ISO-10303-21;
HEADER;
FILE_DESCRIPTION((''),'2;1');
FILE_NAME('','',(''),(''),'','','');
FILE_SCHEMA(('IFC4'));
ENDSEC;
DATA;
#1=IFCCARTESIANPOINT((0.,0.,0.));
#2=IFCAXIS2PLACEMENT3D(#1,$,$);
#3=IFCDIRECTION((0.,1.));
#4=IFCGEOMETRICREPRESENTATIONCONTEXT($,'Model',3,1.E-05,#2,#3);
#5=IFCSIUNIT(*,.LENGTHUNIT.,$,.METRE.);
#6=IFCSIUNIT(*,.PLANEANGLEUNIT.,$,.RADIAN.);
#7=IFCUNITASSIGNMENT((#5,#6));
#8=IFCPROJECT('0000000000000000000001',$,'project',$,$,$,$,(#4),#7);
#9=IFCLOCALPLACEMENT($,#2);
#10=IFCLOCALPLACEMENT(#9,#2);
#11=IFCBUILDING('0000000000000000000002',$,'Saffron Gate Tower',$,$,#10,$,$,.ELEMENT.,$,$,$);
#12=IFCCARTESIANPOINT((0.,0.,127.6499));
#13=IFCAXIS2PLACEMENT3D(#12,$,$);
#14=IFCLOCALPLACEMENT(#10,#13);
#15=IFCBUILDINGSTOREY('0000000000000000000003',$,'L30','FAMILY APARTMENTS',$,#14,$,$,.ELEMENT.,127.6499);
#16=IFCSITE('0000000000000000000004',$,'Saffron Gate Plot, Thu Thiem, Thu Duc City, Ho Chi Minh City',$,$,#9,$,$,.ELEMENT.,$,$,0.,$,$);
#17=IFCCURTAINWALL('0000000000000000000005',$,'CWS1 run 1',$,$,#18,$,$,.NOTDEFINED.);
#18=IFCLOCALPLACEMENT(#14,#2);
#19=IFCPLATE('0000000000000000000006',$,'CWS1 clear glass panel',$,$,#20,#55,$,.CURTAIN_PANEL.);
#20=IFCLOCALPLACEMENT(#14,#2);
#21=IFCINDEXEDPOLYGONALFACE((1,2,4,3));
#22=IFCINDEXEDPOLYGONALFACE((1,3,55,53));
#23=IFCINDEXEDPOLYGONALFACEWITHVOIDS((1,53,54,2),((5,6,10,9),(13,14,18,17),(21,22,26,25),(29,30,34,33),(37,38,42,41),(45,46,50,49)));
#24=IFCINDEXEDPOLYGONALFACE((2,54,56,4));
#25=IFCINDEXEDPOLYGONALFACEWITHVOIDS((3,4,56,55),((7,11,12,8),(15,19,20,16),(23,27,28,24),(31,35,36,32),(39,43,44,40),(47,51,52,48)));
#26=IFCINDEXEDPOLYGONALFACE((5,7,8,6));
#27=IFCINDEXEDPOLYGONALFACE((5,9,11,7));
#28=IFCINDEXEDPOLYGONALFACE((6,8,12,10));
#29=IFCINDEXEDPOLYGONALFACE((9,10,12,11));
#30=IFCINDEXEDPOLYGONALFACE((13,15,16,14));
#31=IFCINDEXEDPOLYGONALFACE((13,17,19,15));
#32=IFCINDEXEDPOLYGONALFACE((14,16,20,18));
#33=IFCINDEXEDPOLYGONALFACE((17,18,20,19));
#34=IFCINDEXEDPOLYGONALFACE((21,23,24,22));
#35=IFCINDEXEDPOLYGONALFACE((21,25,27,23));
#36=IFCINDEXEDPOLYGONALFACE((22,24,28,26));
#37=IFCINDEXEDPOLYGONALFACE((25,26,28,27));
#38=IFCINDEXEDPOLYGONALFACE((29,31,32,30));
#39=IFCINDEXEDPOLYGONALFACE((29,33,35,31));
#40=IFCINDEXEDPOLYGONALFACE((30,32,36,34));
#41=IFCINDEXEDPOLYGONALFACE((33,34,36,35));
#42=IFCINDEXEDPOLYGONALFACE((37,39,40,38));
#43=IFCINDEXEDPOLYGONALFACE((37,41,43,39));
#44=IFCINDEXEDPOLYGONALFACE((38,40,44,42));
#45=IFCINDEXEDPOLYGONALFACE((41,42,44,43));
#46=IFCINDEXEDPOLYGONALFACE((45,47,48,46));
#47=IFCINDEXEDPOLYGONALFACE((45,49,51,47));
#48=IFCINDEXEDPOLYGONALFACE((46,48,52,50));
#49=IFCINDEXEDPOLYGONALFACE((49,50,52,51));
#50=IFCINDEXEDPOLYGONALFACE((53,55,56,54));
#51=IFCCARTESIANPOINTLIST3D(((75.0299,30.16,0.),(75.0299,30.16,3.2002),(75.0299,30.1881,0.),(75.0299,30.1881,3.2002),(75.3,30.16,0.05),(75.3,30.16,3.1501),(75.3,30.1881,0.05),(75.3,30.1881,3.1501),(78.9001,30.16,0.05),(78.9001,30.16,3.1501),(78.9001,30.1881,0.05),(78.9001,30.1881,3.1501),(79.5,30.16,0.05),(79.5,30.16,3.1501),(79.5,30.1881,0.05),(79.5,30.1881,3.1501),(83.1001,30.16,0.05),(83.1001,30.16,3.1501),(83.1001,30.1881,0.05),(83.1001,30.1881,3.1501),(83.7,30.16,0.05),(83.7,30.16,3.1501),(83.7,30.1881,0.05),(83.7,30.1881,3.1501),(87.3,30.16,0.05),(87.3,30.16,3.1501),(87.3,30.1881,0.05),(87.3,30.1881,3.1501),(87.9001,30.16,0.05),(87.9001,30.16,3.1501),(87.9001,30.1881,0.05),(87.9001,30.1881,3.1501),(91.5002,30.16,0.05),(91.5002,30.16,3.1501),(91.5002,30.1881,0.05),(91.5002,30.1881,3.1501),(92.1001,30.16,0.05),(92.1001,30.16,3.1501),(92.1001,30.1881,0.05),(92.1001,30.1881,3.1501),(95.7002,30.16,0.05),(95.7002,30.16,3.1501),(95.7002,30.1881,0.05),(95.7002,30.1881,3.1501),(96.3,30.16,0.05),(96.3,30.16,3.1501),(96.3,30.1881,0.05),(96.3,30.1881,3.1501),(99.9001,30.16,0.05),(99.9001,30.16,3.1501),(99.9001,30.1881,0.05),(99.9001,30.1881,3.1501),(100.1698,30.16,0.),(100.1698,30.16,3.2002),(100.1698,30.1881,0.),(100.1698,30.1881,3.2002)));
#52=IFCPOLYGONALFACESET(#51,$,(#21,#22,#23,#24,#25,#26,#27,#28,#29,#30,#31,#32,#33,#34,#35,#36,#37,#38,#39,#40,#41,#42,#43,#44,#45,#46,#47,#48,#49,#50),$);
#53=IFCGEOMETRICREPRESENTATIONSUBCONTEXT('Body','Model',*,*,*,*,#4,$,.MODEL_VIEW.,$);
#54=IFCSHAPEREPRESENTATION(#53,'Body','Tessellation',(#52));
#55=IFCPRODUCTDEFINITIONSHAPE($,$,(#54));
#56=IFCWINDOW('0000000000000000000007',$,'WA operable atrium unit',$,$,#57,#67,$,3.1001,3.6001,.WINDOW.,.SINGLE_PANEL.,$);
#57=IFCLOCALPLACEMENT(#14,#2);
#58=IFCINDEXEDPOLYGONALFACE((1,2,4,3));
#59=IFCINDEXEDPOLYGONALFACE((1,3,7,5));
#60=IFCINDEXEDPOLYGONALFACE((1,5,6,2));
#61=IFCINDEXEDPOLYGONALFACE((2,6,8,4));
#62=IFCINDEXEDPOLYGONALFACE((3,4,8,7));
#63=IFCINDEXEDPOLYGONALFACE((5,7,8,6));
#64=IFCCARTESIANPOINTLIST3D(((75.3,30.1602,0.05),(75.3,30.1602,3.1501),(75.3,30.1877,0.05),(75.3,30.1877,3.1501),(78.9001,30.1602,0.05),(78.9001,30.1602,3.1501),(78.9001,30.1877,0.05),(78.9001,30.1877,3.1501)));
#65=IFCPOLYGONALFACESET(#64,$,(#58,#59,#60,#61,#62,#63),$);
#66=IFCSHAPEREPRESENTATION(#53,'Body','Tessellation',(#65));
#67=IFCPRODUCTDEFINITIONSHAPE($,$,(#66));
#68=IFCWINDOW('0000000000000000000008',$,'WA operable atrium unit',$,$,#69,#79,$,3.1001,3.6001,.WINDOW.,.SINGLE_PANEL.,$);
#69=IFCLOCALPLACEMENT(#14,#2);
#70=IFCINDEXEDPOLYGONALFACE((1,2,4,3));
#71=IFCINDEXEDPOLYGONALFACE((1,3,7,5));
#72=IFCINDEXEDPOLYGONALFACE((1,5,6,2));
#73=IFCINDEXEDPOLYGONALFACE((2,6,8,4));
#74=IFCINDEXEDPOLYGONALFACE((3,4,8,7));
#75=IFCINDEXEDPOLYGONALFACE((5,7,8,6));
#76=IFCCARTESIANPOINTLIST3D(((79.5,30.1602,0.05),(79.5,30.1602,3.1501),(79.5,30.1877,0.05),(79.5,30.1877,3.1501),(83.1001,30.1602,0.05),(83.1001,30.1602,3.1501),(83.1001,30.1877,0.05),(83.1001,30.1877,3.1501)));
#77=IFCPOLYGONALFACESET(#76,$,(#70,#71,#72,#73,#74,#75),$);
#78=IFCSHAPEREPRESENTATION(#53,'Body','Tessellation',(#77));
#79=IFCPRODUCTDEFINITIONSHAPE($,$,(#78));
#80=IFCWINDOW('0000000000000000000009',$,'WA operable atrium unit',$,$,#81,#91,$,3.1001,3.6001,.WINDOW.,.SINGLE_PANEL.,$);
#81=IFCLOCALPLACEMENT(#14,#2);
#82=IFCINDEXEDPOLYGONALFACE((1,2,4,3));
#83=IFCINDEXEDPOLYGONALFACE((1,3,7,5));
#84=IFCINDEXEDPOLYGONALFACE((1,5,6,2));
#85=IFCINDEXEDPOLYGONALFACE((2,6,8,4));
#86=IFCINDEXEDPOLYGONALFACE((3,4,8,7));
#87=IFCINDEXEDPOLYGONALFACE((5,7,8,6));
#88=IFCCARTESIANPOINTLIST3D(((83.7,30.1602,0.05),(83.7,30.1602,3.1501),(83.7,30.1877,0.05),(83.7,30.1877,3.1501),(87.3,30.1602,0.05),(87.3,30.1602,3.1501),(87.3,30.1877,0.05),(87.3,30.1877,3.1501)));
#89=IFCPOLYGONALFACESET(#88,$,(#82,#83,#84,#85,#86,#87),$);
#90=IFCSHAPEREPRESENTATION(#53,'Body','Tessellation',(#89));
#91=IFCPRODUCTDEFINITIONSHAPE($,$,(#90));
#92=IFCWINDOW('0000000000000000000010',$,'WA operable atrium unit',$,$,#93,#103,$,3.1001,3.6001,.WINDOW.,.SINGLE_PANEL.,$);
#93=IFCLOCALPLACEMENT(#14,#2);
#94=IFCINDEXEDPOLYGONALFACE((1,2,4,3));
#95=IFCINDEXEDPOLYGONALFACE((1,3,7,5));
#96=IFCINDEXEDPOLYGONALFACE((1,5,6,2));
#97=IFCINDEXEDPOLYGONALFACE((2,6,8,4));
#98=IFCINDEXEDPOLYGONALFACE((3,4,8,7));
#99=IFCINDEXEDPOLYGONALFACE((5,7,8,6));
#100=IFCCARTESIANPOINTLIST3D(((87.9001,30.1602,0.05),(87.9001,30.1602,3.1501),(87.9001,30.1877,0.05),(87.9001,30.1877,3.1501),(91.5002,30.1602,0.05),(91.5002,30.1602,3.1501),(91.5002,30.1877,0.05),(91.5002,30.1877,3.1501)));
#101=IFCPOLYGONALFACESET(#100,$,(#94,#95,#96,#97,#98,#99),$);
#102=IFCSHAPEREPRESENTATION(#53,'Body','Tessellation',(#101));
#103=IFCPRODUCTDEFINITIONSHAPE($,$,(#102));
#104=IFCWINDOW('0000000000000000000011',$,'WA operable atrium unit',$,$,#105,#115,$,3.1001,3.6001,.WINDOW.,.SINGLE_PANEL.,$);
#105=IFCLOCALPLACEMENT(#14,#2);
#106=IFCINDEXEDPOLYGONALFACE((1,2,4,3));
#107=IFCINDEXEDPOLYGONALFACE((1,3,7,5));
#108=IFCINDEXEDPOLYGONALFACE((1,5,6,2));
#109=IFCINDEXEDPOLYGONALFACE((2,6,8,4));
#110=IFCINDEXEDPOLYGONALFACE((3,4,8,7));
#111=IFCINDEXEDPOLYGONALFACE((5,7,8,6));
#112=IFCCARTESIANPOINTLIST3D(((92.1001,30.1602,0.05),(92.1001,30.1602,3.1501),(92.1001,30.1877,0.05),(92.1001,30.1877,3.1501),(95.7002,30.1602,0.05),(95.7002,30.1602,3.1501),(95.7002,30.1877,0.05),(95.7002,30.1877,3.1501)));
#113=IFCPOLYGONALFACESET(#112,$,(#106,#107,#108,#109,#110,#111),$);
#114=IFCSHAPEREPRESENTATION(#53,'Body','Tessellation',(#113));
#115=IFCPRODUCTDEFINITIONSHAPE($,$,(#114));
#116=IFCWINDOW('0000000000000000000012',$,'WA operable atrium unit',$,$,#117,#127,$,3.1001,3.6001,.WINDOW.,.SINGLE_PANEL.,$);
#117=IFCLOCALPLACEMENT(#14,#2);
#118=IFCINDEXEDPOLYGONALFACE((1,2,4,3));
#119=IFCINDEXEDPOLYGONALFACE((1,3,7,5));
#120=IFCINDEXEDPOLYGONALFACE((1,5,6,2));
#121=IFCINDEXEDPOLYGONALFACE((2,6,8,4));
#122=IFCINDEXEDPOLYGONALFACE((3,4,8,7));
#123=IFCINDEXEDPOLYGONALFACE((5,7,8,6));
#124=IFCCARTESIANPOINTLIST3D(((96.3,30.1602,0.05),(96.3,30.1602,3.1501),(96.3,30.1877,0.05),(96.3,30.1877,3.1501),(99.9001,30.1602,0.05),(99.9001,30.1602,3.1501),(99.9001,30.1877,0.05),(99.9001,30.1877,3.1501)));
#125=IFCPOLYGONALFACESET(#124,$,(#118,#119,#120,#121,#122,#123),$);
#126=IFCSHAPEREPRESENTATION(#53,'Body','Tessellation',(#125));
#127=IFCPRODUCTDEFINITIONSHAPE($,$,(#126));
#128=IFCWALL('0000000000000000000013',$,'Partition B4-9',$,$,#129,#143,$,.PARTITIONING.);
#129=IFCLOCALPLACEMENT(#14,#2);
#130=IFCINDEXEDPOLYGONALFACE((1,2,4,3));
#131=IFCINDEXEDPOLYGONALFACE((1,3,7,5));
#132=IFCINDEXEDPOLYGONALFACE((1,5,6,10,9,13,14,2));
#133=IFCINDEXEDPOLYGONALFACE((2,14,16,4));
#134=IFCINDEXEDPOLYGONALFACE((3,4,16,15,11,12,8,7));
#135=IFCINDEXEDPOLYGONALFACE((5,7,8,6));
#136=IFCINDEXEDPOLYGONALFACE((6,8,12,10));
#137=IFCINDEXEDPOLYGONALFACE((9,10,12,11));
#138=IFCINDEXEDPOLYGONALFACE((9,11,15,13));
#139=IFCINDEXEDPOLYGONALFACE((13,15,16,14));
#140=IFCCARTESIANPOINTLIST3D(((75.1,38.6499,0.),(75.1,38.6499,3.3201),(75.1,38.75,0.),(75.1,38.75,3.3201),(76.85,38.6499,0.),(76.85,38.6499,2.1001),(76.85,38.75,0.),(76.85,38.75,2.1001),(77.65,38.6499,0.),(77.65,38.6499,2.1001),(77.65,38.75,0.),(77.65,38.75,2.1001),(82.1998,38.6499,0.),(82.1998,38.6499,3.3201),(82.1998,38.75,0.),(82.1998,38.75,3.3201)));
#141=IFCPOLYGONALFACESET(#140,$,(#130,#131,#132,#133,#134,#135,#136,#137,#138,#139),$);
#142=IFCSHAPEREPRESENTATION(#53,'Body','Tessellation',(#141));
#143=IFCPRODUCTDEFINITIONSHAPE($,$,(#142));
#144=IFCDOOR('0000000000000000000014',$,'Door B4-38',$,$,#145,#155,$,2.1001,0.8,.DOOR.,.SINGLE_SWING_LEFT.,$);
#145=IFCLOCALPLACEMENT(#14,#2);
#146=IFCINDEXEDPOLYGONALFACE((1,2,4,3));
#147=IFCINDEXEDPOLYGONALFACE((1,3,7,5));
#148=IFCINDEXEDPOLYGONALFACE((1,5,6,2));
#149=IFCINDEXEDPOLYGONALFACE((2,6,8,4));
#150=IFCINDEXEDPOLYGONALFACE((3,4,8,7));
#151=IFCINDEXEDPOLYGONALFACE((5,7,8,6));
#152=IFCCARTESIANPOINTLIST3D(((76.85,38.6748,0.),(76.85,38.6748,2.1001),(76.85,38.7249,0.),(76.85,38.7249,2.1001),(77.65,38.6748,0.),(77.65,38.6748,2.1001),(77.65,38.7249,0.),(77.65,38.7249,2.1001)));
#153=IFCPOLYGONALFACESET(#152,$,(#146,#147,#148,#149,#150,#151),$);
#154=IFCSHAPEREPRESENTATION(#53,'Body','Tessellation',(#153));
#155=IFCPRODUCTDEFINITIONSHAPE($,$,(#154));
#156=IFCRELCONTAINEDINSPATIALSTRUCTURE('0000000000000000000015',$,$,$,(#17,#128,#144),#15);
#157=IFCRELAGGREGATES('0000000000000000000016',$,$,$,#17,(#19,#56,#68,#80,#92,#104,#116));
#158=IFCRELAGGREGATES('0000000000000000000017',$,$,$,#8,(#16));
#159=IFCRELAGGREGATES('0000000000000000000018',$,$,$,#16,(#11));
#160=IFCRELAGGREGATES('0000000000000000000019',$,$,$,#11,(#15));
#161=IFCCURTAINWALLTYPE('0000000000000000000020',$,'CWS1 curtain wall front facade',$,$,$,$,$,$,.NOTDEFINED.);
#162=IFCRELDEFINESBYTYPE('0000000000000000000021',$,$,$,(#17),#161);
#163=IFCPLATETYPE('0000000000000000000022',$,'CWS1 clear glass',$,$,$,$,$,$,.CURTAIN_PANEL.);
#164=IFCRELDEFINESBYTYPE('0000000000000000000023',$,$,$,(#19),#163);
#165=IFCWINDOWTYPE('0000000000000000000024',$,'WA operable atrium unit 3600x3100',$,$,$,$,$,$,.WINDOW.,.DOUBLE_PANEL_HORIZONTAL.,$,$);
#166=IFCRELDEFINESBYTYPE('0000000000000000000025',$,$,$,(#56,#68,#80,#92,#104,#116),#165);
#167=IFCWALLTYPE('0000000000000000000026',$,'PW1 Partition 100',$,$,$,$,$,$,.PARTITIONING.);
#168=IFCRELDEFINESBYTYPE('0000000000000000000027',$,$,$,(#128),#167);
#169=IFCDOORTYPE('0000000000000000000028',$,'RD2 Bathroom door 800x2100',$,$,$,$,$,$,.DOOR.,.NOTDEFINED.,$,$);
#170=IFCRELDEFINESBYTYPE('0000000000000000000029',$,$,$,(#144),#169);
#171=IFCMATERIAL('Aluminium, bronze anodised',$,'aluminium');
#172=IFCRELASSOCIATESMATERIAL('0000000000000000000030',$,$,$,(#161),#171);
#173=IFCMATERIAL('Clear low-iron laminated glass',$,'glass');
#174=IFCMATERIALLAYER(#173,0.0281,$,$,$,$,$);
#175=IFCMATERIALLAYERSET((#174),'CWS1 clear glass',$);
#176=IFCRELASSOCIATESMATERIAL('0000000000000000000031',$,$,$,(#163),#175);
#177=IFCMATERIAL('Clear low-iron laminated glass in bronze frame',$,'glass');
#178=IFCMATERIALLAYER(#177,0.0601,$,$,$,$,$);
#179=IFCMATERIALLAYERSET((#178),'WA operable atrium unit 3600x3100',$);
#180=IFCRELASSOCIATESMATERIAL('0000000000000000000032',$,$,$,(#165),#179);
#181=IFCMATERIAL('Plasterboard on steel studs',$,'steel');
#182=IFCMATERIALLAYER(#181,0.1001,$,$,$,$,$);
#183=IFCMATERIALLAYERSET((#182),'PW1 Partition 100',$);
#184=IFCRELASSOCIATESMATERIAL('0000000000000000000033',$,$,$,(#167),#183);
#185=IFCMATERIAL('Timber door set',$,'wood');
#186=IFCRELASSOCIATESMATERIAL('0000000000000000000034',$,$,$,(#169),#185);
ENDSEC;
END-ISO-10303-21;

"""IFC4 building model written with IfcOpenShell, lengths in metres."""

from ifc_helpers import new_model, si_unit, direction, frame, frame_2d, origin, place, context, subcontext, project, spatial, rectangle, extrude, material, layer, layer_set, type_object, element, fill, aggregate, save


model = new_model("IFC4")

# Units and contexts
model_context = context("Model", 3, precision=1e-05, world=origin(), true_north=direction((0.0, 1.0)))
body_context = subcontext(model_context, "Body", "Model", "MODEL_VIEW")
ifc_project = project(units=[si_unit("LENGTHUNIT", "METRE"), si_unit("PLANEANGLEUNIT", "RADIAN")], contexts=[model_context])

# Site, building, storey
site_placement = place(None, origin())
site = spatial("IfcSite", under=ifc_project, at=site_placement, Name="Saffron Gate Plot, Thu Thiem, Thu Duc City, Ho Chi Minh City", CompositionType="ELEMENT", RefElevation=0.0)
building_placement = place(site_placement, origin())
building = spatial("IfcBuilding", under=site, at=building_placement, Name="Saffron Gate Tower", CompositionType="ELEMENT")
storey_placement = place(building_placement, frame((0.0, 0.0, 127.6499)))
storey = spatial("IfcBuildingStorey", under=building, at=storey_placement, Name="L30", Description="FAMILY APARTMENTS", CompositionType="ELEMENT", Elevation=127.6499)

# Curtain wall, plate, openings, windows
ifc_material_1 = material(Name="Aluminium, bronze anodised", Category="aluminium")
curtain_wall_type = type_object("IfcCurtainWallType", Name="CWS1 curtain wall front facade", PredefinedType="NOTDEFINED", material=ifc_material_1)
curtain_wall_placement = place(storey_placement, origin())
curtain_wall = element("IfcCurtainWall", 1, at=curtain_wall_placement, inside=storey, type_object=curtain_wall_type, Name="CWS1 run 1", PredefinedType="NOTDEFINED")
ifc_material_2 = material(Name="Clear low-iron laminated glass", Category="glass")
ifc_layer_1 = layer(ifc_material_2, 0.0281)
ifc_layer_set_1 = layer_set([ifc_layer_1], Name="CWS1 clear glass")
plate_type = type_object("IfcPlateType", Name="CWS1 clear glass", PredefinedType="CURTAIN_PANEL", material=ifc_layer_set_1)
plate_placement = place(storey_placement, frame((75.03, 30.1741, 0.0), z_axis=(0.0, 0.0, 1.0), x_axis=(1.0, 0.0, 0.0)))
plate = element("IfcPlate", 2, at=plate_placement, type_object=plate_type, Name="CWS1 clear glass panel", PredefinedType="CURTAIN_PANEL", context=body_context, shape_type="SweptSolid", body=[
    extrude(rectangle(XDim=25.1399, YDim=0.0281, at=frame_2d((12.5698, 0.0))), origin(), (0.0, 0.0, 1.0), 3.2002),
])
opening_1_placement = place(plate_placement, frame((0.27, 0.0, 0.05)))
opening_1 = element("IfcOpeningElement", 3, at=opening_1_placement, cuts=plate, PredefinedType="OPENING", context=body_context, shape_type="SweptSolid", body=[
    extrude(rectangle(XDim=3.6001, YDim=3.1001, at=frame_2d((1.8, 1.55))), frame((0.0, 0.0239, 0.0), z_axis=(0.0, -1.0, 0.0), x_axis=(1.0, 0.0, 0.0)), (0.0, 0.0, 1.0), 0.0481),
])
opening_2_placement = place(plate_placement, frame((4.47, 0.0, 0.05)))
opening_2 = element("IfcOpeningElement", 4, at=opening_2_placement, cuts=plate, PredefinedType="OPENING", context=body_context, shape_type="SweptSolid", body=[
    extrude(rectangle(XDim=3.6001, YDim=3.1001, at=frame_2d((1.8, 1.55))), frame((0.0, 0.0239, 0.0), z_axis=(0.0, -1.0, 0.0), x_axis=(1.0, 0.0, 0.0)), (0.0, 0.0, 1.0), 0.0481),
])
opening_3_placement = place(plate_placement, frame((8.6699, 0.0, 0.05)))
opening_3 = element("IfcOpeningElement", 5, at=opening_3_placement, cuts=plate, PredefinedType="OPENING", context=body_context, shape_type="SweptSolid", body=[
    extrude(rectangle(XDim=3.6001, YDim=3.1001, at=frame_2d((1.8, 1.55))), frame((0.0, 0.0239, 0.0), z_axis=(0.0, -1.0, 0.0), x_axis=(1.0, 0.0, 0.0)), (0.0, 0.0, 1.0), 0.0481),
])
opening_4_placement = place(plate_placement, frame((12.8701, 0.0, 0.05)))
opening_4 = element("IfcOpeningElement", 6, at=opening_4_placement, cuts=plate, PredefinedType="OPENING", context=body_context, shape_type="SweptSolid", body=[
    extrude(rectangle(XDim=3.6001, YDim=3.1001, at=frame_2d((1.8, 1.55))), frame((0.0, 0.0239, 0.0), z_axis=(0.0, -1.0, 0.0), x_axis=(1.0, 0.0, 0.0)), (0.0, 0.0, 1.0), 0.0481),
])
opening_5_placement = place(plate_placement, frame((17.0701, 0.0, 0.05)))
opening_5 = element("IfcOpeningElement", 7, at=opening_5_placement, cuts=plate, PredefinedType="OPENING", context=body_context, shape_type="SweptSolid", body=[
    extrude(rectangle(XDim=3.6001, YDim=3.1001, at=frame_2d((1.8, 1.55))), frame((0.0, 0.0239, 0.0), z_axis=(0.0, -1.0, 0.0), x_axis=(1.0, 0.0, 0.0)), (0.0, 0.0, 1.0), 0.0481),
])
opening_6_placement = place(plate_placement, frame((21.27, 0.0, 0.05)))
opening_6 = element("IfcOpeningElement", 8, at=opening_6_placement, cuts=plate, PredefinedType="OPENING", context=body_context, shape_type="SweptSolid", body=[
    extrude(rectangle(XDim=3.6001, YDim=3.1001, at=frame_2d((1.8, 1.55))), frame((0.0, 0.0239, 0.0), z_axis=(0.0, -1.0, 0.0), x_axis=(1.0, 0.0, 0.0)), (0.0, 0.0, 1.0), 0.0481),
])
ifc_material_3 = material(Name="Clear low-iron laminated glass in bronze frame", Category="glass")
ifc_layer_2 = layer(ifc_material_3, 0.0601)
ifc_layer_set_2 = layer_set([ifc_layer_2], Name="WA operable atrium unit 3600x3100")
window_type = type_object("IfcWindowType", Name="WA operable atrium unit 3600x3100", PartitioningType="DOUBLE_PANEL_HORIZONTAL", PredefinedType="WINDOW", material=ifc_layer_set_2)
window_1_placement = place(opening_1_placement, origin())
window_1 = element("IfcWindow", 9, at=window_1_placement, type_object=window_type, Name="WA operable atrium unit", OverallHeight=3.1001, OverallWidth=3.6001, PartitioningType="SINGLE_PANEL", PredefinedType="WINDOW", context=body_context, shape_type="SweptSolid", body=[
    extrude(rectangle(XDim=3.6001, YDim=3.1001, at=frame_2d((1.8, 1.55))), frame((0.0, 0.0137, 0.0), z_axis=(0.0, -1.0, 0.0), x_axis=(1.0, 0.0, 0.0)), (0.0, 0.0, 1.0), 0.0276),
])
fill(opening_1, window_1)
window_2_placement = place(opening_2_placement, origin())
window_2 = element("IfcWindow", 10, at=window_2_placement, type_object=window_type, Name="WA operable atrium unit", OverallHeight=3.1001, OverallWidth=3.6001, PartitioningType="SINGLE_PANEL", PredefinedType="WINDOW", context=body_context, shape_type="SweptSolid", body=[
    extrude(rectangle(XDim=3.6001, YDim=3.1001, at=frame_2d((1.8, 1.55))), frame((0.0, 0.0137, 0.0), z_axis=(0.0, -1.0, 0.0), x_axis=(1.0, 0.0, 0.0)), (0.0, 0.0, 1.0), 0.0276),
])
fill(opening_2, window_2)
window_3_placement = place(opening_3_placement, origin())
window_3 = element("IfcWindow", 11, at=window_3_placement, type_object=window_type, Name="WA operable atrium unit", OverallHeight=3.1001, OverallWidth=3.6001, PartitioningType="SINGLE_PANEL", PredefinedType="WINDOW", context=body_context, shape_type="SweptSolid", body=[
    extrude(rectangle(XDim=3.6001, YDim=3.1001, at=frame_2d((1.8, 1.55))), frame((0.0, 0.0137, 0.0), z_axis=(0.0, -1.0, 0.0), x_axis=(1.0, 0.0, 0.0)), (0.0, 0.0, 1.0), 0.0276),
])
fill(opening_3, window_3)
window_4_placement = place(opening_4_placement, origin())
window_4 = element("IfcWindow", 12, at=window_4_placement, type_object=window_type, Name="WA operable atrium unit", OverallHeight=3.1001, OverallWidth=3.6001, PartitioningType="SINGLE_PANEL", PredefinedType="WINDOW", context=body_context, shape_type="SweptSolid", body=[
    extrude(rectangle(XDim=3.6001, YDim=3.1001, at=frame_2d((1.8, 1.55))), frame((0.0, 0.0137, 0.0), z_axis=(0.0, -1.0, 0.0), x_axis=(1.0, 0.0, 0.0)), (0.0, 0.0, 1.0), 0.0276),
])
fill(opening_4, window_4)
window_5_placement = place(opening_5_placement, origin())
window_5 = element("IfcWindow", 13, at=window_5_placement, type_object=window_type, Name="WA operable atrium unit", OverallHeight=3.1001, OverallWidth=3.6001, PartitioningType="SINGLE_PANEL", PredefinedType="WINDOW", context=body_context, shape_type="SweptSolid", body=[
    extrude(rectangle(XDim=3.6001, YDim=3.1001, at=frame_2d((1.8, 1.55))), frame((0.0, 0.0137, 0.0), z_axis=(0.0, -1.0, 0.0), x_axis=(1.0, 0.0, 0.0)), (0.0, 0.0, 1.0), 0.0276),
])
fill(opening_5, window_5)
window_6_placement = place(opening_6_placement, origin())
window_6 = element("IfcWindow", 14, at=window_6_placement, type_object=window_type, Name="WA operable atrium unit", OverallHeight=3.1001, OverallWidth=3.6001, PartitioningType="SINGLE_PANEL", PredefinedType="WINDOW", context=body_context, shape_type="SweptSolid", body=[
    extrude(rectangle(XDim=3.6001, YDim=3.1001, at=frame_2d((1.8, 1.55))), frame((0.0, 0.0137, 0.0), z_axis=(0.0, -1.0, 0.0), x_axis=(1.0, 0.0, 0.0)), (0.0, 0.0, 1.0), 0.0276),
])
fill(opening_6, window_6)
aggregate(curtain_wall, [plate, window_1, window_2, window_3, window_4, window_5, window_6])

# Wall, opening, door
ifc_material_4 = material(Name="Plasterboard on steel studs", Category="steel")
ifc_layer_3 = layer(ifc_material_4, 0.1001)
ifc_layer_set_3 = layer_set([ifc_layer_3], Name="PW1 Partition 100")
wall_type_1 = type_object("IfcWallType", Name="PW1 Partition 100", PredefinedType="PARTITIONING", material=ifc_layer_set_3)
wall_1_placement = place(storey_placement, frame((75.1001, 38.7, 0.0), z_axis=(0.0, 0.0, 1.0), x_axis=(1.0, 0.0, 0.0)))
wall_1 = element("IfcWall", 15, at=wall_1_placement, inside=storey, type_object=wall_type_1, Name="Partition B4-9", PredefinedType="PARTITIONING", context=body_context, shape_type="SweptSolid", body=[
    extrude(rectangle(XDim=7.0999, YDim=0.1001, at=frame_2d((3.5498, 0.0))), origin(), (0.0, 0.0, 1.0), 3.3201),
])
opening_7_placement = place(wall_1_placement, frame((1.75, 0.0, 0.0)))
opening_7 = element("IfcOpeningElement", 16, at=opening_7_placement, cuts=wall_1, PredefinedType="OPENING", context=body_context, shape_type="SweptSolid", body=[
    extrude(rectangle(XDim=0.8, YDim=2.1001, at=frame_2d((0.3999, 1.05))), frame((0.0, 0.0601, 0.0), z_axis=(0.0, -1.0, 0.0), x_axis=(1.0, 0.0, 0.0)), (0.0, 0.0, 1.0), 0.1201),
])
ifc_material_5 = material(Name="Timber door set", Category="wood")
door_type = type_object("IfcDoorType", Name="RD2 Bathroom door 800x2100", OperationType="NOTDEFINED", PredefinedType="DOOR", material=ifc_material_5)
door_1_placement = place(opening_7_placement, origin())
door_1 = element("IfcDoor", 17, at=door_1_placement, inside=storey, type_object=door_type, Name="Door B4-38", OperationType="SINGLE_SWING_LEFT", OverallHeight=2.1001, OverallWidth=0.8, PredefinedType="DOOR", context=body_context, shape_type="SweptSolid", body=[
    extrude(rectangle(XDim=0.8, YDim=2.1001, at=frame_2d((0.3999, 1.05))), frame((0.0, 0.0249, 0.0), z_axis=(0.0, -1.0, 0.0), x_axis=(1.0, 0.0, 0.0)), (0.0, 0.0, 1.0), 0.05),
])
fill(opening_7, door_1)

save(model, "model.ifc")
